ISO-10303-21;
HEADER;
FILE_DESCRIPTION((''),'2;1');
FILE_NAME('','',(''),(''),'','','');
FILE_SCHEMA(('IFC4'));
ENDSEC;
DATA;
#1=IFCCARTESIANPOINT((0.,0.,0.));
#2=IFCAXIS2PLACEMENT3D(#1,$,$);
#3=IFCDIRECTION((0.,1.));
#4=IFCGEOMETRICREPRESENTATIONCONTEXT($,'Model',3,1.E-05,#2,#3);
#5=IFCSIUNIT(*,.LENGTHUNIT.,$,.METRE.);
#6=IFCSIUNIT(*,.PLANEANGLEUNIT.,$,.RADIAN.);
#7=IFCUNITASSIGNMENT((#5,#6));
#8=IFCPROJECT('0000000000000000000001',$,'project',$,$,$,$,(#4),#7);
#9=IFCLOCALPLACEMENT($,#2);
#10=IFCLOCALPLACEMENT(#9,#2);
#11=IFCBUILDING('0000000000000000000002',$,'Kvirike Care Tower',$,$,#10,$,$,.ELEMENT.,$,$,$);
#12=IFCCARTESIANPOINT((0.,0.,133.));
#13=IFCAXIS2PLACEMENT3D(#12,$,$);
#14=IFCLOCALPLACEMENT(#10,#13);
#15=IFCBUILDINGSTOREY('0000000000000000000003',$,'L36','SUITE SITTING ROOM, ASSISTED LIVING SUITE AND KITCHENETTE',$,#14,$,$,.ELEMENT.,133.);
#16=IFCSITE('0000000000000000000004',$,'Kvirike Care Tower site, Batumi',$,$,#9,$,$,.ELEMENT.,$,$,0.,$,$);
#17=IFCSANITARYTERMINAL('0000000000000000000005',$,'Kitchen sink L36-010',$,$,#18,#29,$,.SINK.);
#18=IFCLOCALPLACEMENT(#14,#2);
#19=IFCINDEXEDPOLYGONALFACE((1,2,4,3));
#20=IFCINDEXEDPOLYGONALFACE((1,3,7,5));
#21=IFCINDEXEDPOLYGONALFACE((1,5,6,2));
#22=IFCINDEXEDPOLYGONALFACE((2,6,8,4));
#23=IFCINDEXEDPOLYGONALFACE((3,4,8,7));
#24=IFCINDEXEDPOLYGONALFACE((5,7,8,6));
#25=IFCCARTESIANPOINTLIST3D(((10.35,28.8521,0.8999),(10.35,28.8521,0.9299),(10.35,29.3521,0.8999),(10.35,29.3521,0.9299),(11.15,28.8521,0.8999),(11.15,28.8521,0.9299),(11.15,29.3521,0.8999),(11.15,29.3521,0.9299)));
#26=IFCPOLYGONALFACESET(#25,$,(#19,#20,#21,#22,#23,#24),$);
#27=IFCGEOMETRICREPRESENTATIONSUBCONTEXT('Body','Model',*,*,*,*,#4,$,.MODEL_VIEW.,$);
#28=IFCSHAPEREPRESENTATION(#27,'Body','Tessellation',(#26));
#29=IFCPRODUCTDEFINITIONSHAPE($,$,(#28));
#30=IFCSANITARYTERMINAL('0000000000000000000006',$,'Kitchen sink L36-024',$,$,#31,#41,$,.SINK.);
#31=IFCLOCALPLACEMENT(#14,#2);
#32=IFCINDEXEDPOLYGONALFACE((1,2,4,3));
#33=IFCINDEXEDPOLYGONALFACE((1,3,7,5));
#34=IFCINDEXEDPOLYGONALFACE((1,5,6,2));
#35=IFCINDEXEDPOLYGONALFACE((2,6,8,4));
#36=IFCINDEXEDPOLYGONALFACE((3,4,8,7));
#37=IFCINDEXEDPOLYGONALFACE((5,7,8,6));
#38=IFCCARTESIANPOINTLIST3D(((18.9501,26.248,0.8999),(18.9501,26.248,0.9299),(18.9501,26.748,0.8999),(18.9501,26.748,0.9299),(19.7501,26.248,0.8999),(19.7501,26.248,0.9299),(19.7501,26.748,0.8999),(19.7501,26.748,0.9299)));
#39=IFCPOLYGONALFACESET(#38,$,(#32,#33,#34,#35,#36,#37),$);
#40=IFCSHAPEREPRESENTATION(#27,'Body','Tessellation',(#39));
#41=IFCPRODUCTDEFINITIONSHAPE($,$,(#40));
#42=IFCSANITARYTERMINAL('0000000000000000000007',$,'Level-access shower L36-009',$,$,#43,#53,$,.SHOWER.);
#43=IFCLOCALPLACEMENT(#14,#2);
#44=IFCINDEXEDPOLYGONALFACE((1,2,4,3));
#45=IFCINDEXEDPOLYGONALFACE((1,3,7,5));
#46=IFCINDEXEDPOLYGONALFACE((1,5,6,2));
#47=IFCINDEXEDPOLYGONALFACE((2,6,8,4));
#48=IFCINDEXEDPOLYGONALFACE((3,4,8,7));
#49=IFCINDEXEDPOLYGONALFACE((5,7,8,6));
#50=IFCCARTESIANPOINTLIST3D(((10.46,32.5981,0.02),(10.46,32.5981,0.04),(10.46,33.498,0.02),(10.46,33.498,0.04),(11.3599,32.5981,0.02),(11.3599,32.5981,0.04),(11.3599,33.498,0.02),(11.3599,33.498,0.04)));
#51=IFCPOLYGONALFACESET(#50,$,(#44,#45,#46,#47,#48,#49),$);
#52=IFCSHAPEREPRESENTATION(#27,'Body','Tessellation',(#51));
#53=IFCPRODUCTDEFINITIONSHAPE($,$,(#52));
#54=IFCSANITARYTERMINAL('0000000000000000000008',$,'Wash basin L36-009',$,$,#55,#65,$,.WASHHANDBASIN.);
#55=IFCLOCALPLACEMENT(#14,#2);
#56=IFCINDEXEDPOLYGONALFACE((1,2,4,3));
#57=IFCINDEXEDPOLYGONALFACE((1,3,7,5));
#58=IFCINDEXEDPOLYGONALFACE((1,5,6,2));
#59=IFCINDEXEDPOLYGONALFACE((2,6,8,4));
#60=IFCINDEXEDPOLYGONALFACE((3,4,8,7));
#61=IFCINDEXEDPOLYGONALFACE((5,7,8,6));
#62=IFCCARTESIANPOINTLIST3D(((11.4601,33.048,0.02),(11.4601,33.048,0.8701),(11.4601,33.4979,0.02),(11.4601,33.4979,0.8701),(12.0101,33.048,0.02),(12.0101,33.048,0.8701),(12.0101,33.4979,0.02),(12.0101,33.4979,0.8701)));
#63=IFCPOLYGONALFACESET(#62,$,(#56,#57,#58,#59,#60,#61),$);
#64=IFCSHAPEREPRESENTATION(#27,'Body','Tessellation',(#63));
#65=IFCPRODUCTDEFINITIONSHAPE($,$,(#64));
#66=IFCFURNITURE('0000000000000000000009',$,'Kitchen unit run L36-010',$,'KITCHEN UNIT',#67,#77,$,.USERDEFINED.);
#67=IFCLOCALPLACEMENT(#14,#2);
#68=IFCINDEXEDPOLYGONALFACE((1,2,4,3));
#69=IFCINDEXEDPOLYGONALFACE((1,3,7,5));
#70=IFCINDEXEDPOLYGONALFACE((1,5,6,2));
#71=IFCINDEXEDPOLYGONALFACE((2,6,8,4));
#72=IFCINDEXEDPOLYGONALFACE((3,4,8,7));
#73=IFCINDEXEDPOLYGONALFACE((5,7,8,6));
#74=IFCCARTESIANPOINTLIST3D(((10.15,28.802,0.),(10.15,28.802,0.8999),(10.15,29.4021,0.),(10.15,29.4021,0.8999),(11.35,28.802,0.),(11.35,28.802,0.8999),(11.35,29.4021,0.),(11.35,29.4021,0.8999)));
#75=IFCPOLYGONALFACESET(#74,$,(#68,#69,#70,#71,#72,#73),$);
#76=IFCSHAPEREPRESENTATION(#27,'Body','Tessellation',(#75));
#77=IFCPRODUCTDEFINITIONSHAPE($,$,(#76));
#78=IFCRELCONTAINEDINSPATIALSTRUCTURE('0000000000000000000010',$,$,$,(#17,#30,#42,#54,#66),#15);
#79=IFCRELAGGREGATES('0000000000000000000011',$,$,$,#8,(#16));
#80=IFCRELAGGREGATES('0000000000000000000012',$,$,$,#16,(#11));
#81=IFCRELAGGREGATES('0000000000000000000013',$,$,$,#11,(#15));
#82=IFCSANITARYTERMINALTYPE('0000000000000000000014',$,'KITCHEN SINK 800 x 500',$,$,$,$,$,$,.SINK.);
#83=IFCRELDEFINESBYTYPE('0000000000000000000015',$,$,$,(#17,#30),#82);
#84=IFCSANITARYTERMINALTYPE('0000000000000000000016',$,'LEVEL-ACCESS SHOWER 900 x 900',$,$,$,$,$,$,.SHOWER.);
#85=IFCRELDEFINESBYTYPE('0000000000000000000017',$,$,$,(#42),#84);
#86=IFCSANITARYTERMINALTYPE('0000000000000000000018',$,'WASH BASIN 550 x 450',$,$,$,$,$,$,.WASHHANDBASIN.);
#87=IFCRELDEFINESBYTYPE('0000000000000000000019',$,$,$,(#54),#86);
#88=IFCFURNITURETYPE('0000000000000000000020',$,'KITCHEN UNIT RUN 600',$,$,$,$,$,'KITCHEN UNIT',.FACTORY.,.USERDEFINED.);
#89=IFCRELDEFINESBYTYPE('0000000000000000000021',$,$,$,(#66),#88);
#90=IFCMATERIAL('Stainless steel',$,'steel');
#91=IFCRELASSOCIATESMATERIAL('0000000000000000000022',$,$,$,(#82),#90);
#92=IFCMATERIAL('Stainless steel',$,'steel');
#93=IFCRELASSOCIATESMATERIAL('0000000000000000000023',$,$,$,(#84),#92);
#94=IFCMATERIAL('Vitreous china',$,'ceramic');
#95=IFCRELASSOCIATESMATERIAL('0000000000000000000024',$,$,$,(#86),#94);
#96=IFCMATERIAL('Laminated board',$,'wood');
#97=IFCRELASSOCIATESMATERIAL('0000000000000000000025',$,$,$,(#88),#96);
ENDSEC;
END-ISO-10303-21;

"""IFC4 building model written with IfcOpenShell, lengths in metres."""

from ifc_helpers import new_model, si_unit, direction, frame, origin, origin_2d, place, context, subcontext, project, spatial, rectangle, extrude, material, type_object, element, save


model = new_model("IFC4")

# Units and contexts
model_context = context("Model", 3, precision=1e-05, world=origin(), true_north=direction((0.0, 1.0)))
body_context = subcontext(model_context, "Body", "Model", "MODEL_VIEW")
ifc_project = project(units=[si_unit("LENGTHUNIT", "METRE"), si_unit("PLANEANGLEUNIT", "RADIAN")], contexts=[model_context])

# Site, building, storey
site_placement = place(None, origin())
site = spatial("IfcSite", under=ifc_project, at=site_placement, Name="Kvirike Care Tower site, Batumi", CompositionType="ELEMENT", RefElevation=0.0)
building_placement = place(site_placement, origin())
building = spatial("IfcBuilding", under=site, at=building_placement, Name="Kvirike Care Tower", CompositionType="ELEMENT")
storey_placement = place(building_placement, frame((0.0, 0.0, 133.0)))
storey = spatial("IfcBuildingStorey", under=building, at=storey_placement, Name="L36", Description="SUITE SITTING ROOM, ASSISTED LIVING SUITE AND KITCHENETTE", CompositionType="ELEMENT", Elevation=133.0)

# Sanitary terminals
ifc_material_1 = material(Name="Stainless steel", Category="steel")
sanitary_terminal_type_1 = type_object("IfcSanitaryTerminalType", Name="KITCHEN SINK 800 x 500", PredefinedType="SINK", material=ifc_material_1)
for number, where, z_axis, x_axis, name in (
    (1, (10.75, 29.1021, 0.8999), (0.0, 0.0, 1.0), (-1.0, 0.0, 0.0), "Kitchen sink L36-010"),
    (2, (19.3501, 26.498, 0.8999), (0.0, 0.0, 1.0), (1.0, 0.0, 0.0), "Kitchen sink L36-024"),
):
    element("IfcSanitaryTerminal", number, at=place(storey_placement, frame(where, z_axis=z_axis, x_axis=x_axis)), inside=storey, type_object=sanitary_terminal_type_1, Name=name, PredefinedType="SINK", context=body_context, shape_type="SweptSolid", body=[
        extrude(rectangle(XDim=0.8, YDim=0.5, at=origin_2d()), origin(), (0.0, 0.0, 1.0), 0.03),
    ])
ifc_material_2 = material(Name="Stainless steel", Category="steel")
sanitary_terminal_type_2 = type_object("IfcSanitaryTerminalType", Name="LEVEL-ACCESS SHOWER 900 x 900", PredefinedType="SHOWER", material=ifc_material_2)
sanitary_terminal_1_placement = place(storey_placement, frame((10.9099, 33.0481, 0.02), z_axis=(0.0, 0.0, 1.0), x_axis=(1.0, 0.0, 0.0)))
element("IfcSanitaryTerminal", 3, at=sanitary_terminal_1_placement, inside=storey, type_object=sanitary_terminal_type_2, Name="Level-access shower L36-009", PredefinedType="SHOWER", context=body_context, shape_type="SweptSolid", body=[
    extrude(rectangle(XDim=0.8999, YDim=0.8999, at=origin_2d()), origin(), (0.0, 0.0, 1.0), 0.02),
])
ifc_material_3 = material(Name="Vitreous china", Category="ceramic")
sanitary_terminal_type_3 = type_object("IfcSanitaryTerminalType", Name="WASH BASIN 550 x 450", PredefinedType="WASHHANDBASIN", material=ifc_material_3)
sanitary_terminal_2_placement = place(storey_placement, frame((11.7351, 33.2729, 0.02), z_axis=(0.0, 0.0, 1.0), x_axis=(1.0, 0.0, 0.0)))
element("IfcSanitaryTerminal", 4, at=sanitary_terminal_2_placement, inside=storey, type_object=sanitary_terminal_type_3, Name="Wash basin L36-009", PredefinedType="WASHHANDBASIN", context=body_context, shape_type="SweptSolid", body=[
    extrude(rectangle(XDim=0.55, YDim=0.45, at=origin_2d()), origin(), (0.0, 0.0, 1.0), 0.8501),
])

# Furniture
ifc_material_4 = material(Name="Laminated board", Category="wood")
furniture_type = type_object("IfcFurnitureType", Name="KITCHEN UNIT RUN 600", ElementType="KITCHEN UNIT", AssemblyPlace="FACTORY", PredefinedType="USERDEFINED", material=ifc_material_4)
furniture_placement = place(storey_placement, frame((10.75, 29.1021, 0.0), z_axis=(0.0, 0.0, 1.0), x_axis=(-1.0, 0.0, 0.0)))
element("IfcFurniture", 5, at=furniture_placement, inside=storey, type_object=furniture_type, Name="Kitchen unit run L36-010", ObjectType="KITCHEN UNIT", PredefinedType="USERDEFINED", context=body_context, shape_type="SweptSolid", body=[
    extrude(rectangle(XDim=1.2, YDim=0.6001, at=origin_2d()), origin(), (0.0, 0.0, 1.0), 0.8999),
])

save(model, "model.ifc")
